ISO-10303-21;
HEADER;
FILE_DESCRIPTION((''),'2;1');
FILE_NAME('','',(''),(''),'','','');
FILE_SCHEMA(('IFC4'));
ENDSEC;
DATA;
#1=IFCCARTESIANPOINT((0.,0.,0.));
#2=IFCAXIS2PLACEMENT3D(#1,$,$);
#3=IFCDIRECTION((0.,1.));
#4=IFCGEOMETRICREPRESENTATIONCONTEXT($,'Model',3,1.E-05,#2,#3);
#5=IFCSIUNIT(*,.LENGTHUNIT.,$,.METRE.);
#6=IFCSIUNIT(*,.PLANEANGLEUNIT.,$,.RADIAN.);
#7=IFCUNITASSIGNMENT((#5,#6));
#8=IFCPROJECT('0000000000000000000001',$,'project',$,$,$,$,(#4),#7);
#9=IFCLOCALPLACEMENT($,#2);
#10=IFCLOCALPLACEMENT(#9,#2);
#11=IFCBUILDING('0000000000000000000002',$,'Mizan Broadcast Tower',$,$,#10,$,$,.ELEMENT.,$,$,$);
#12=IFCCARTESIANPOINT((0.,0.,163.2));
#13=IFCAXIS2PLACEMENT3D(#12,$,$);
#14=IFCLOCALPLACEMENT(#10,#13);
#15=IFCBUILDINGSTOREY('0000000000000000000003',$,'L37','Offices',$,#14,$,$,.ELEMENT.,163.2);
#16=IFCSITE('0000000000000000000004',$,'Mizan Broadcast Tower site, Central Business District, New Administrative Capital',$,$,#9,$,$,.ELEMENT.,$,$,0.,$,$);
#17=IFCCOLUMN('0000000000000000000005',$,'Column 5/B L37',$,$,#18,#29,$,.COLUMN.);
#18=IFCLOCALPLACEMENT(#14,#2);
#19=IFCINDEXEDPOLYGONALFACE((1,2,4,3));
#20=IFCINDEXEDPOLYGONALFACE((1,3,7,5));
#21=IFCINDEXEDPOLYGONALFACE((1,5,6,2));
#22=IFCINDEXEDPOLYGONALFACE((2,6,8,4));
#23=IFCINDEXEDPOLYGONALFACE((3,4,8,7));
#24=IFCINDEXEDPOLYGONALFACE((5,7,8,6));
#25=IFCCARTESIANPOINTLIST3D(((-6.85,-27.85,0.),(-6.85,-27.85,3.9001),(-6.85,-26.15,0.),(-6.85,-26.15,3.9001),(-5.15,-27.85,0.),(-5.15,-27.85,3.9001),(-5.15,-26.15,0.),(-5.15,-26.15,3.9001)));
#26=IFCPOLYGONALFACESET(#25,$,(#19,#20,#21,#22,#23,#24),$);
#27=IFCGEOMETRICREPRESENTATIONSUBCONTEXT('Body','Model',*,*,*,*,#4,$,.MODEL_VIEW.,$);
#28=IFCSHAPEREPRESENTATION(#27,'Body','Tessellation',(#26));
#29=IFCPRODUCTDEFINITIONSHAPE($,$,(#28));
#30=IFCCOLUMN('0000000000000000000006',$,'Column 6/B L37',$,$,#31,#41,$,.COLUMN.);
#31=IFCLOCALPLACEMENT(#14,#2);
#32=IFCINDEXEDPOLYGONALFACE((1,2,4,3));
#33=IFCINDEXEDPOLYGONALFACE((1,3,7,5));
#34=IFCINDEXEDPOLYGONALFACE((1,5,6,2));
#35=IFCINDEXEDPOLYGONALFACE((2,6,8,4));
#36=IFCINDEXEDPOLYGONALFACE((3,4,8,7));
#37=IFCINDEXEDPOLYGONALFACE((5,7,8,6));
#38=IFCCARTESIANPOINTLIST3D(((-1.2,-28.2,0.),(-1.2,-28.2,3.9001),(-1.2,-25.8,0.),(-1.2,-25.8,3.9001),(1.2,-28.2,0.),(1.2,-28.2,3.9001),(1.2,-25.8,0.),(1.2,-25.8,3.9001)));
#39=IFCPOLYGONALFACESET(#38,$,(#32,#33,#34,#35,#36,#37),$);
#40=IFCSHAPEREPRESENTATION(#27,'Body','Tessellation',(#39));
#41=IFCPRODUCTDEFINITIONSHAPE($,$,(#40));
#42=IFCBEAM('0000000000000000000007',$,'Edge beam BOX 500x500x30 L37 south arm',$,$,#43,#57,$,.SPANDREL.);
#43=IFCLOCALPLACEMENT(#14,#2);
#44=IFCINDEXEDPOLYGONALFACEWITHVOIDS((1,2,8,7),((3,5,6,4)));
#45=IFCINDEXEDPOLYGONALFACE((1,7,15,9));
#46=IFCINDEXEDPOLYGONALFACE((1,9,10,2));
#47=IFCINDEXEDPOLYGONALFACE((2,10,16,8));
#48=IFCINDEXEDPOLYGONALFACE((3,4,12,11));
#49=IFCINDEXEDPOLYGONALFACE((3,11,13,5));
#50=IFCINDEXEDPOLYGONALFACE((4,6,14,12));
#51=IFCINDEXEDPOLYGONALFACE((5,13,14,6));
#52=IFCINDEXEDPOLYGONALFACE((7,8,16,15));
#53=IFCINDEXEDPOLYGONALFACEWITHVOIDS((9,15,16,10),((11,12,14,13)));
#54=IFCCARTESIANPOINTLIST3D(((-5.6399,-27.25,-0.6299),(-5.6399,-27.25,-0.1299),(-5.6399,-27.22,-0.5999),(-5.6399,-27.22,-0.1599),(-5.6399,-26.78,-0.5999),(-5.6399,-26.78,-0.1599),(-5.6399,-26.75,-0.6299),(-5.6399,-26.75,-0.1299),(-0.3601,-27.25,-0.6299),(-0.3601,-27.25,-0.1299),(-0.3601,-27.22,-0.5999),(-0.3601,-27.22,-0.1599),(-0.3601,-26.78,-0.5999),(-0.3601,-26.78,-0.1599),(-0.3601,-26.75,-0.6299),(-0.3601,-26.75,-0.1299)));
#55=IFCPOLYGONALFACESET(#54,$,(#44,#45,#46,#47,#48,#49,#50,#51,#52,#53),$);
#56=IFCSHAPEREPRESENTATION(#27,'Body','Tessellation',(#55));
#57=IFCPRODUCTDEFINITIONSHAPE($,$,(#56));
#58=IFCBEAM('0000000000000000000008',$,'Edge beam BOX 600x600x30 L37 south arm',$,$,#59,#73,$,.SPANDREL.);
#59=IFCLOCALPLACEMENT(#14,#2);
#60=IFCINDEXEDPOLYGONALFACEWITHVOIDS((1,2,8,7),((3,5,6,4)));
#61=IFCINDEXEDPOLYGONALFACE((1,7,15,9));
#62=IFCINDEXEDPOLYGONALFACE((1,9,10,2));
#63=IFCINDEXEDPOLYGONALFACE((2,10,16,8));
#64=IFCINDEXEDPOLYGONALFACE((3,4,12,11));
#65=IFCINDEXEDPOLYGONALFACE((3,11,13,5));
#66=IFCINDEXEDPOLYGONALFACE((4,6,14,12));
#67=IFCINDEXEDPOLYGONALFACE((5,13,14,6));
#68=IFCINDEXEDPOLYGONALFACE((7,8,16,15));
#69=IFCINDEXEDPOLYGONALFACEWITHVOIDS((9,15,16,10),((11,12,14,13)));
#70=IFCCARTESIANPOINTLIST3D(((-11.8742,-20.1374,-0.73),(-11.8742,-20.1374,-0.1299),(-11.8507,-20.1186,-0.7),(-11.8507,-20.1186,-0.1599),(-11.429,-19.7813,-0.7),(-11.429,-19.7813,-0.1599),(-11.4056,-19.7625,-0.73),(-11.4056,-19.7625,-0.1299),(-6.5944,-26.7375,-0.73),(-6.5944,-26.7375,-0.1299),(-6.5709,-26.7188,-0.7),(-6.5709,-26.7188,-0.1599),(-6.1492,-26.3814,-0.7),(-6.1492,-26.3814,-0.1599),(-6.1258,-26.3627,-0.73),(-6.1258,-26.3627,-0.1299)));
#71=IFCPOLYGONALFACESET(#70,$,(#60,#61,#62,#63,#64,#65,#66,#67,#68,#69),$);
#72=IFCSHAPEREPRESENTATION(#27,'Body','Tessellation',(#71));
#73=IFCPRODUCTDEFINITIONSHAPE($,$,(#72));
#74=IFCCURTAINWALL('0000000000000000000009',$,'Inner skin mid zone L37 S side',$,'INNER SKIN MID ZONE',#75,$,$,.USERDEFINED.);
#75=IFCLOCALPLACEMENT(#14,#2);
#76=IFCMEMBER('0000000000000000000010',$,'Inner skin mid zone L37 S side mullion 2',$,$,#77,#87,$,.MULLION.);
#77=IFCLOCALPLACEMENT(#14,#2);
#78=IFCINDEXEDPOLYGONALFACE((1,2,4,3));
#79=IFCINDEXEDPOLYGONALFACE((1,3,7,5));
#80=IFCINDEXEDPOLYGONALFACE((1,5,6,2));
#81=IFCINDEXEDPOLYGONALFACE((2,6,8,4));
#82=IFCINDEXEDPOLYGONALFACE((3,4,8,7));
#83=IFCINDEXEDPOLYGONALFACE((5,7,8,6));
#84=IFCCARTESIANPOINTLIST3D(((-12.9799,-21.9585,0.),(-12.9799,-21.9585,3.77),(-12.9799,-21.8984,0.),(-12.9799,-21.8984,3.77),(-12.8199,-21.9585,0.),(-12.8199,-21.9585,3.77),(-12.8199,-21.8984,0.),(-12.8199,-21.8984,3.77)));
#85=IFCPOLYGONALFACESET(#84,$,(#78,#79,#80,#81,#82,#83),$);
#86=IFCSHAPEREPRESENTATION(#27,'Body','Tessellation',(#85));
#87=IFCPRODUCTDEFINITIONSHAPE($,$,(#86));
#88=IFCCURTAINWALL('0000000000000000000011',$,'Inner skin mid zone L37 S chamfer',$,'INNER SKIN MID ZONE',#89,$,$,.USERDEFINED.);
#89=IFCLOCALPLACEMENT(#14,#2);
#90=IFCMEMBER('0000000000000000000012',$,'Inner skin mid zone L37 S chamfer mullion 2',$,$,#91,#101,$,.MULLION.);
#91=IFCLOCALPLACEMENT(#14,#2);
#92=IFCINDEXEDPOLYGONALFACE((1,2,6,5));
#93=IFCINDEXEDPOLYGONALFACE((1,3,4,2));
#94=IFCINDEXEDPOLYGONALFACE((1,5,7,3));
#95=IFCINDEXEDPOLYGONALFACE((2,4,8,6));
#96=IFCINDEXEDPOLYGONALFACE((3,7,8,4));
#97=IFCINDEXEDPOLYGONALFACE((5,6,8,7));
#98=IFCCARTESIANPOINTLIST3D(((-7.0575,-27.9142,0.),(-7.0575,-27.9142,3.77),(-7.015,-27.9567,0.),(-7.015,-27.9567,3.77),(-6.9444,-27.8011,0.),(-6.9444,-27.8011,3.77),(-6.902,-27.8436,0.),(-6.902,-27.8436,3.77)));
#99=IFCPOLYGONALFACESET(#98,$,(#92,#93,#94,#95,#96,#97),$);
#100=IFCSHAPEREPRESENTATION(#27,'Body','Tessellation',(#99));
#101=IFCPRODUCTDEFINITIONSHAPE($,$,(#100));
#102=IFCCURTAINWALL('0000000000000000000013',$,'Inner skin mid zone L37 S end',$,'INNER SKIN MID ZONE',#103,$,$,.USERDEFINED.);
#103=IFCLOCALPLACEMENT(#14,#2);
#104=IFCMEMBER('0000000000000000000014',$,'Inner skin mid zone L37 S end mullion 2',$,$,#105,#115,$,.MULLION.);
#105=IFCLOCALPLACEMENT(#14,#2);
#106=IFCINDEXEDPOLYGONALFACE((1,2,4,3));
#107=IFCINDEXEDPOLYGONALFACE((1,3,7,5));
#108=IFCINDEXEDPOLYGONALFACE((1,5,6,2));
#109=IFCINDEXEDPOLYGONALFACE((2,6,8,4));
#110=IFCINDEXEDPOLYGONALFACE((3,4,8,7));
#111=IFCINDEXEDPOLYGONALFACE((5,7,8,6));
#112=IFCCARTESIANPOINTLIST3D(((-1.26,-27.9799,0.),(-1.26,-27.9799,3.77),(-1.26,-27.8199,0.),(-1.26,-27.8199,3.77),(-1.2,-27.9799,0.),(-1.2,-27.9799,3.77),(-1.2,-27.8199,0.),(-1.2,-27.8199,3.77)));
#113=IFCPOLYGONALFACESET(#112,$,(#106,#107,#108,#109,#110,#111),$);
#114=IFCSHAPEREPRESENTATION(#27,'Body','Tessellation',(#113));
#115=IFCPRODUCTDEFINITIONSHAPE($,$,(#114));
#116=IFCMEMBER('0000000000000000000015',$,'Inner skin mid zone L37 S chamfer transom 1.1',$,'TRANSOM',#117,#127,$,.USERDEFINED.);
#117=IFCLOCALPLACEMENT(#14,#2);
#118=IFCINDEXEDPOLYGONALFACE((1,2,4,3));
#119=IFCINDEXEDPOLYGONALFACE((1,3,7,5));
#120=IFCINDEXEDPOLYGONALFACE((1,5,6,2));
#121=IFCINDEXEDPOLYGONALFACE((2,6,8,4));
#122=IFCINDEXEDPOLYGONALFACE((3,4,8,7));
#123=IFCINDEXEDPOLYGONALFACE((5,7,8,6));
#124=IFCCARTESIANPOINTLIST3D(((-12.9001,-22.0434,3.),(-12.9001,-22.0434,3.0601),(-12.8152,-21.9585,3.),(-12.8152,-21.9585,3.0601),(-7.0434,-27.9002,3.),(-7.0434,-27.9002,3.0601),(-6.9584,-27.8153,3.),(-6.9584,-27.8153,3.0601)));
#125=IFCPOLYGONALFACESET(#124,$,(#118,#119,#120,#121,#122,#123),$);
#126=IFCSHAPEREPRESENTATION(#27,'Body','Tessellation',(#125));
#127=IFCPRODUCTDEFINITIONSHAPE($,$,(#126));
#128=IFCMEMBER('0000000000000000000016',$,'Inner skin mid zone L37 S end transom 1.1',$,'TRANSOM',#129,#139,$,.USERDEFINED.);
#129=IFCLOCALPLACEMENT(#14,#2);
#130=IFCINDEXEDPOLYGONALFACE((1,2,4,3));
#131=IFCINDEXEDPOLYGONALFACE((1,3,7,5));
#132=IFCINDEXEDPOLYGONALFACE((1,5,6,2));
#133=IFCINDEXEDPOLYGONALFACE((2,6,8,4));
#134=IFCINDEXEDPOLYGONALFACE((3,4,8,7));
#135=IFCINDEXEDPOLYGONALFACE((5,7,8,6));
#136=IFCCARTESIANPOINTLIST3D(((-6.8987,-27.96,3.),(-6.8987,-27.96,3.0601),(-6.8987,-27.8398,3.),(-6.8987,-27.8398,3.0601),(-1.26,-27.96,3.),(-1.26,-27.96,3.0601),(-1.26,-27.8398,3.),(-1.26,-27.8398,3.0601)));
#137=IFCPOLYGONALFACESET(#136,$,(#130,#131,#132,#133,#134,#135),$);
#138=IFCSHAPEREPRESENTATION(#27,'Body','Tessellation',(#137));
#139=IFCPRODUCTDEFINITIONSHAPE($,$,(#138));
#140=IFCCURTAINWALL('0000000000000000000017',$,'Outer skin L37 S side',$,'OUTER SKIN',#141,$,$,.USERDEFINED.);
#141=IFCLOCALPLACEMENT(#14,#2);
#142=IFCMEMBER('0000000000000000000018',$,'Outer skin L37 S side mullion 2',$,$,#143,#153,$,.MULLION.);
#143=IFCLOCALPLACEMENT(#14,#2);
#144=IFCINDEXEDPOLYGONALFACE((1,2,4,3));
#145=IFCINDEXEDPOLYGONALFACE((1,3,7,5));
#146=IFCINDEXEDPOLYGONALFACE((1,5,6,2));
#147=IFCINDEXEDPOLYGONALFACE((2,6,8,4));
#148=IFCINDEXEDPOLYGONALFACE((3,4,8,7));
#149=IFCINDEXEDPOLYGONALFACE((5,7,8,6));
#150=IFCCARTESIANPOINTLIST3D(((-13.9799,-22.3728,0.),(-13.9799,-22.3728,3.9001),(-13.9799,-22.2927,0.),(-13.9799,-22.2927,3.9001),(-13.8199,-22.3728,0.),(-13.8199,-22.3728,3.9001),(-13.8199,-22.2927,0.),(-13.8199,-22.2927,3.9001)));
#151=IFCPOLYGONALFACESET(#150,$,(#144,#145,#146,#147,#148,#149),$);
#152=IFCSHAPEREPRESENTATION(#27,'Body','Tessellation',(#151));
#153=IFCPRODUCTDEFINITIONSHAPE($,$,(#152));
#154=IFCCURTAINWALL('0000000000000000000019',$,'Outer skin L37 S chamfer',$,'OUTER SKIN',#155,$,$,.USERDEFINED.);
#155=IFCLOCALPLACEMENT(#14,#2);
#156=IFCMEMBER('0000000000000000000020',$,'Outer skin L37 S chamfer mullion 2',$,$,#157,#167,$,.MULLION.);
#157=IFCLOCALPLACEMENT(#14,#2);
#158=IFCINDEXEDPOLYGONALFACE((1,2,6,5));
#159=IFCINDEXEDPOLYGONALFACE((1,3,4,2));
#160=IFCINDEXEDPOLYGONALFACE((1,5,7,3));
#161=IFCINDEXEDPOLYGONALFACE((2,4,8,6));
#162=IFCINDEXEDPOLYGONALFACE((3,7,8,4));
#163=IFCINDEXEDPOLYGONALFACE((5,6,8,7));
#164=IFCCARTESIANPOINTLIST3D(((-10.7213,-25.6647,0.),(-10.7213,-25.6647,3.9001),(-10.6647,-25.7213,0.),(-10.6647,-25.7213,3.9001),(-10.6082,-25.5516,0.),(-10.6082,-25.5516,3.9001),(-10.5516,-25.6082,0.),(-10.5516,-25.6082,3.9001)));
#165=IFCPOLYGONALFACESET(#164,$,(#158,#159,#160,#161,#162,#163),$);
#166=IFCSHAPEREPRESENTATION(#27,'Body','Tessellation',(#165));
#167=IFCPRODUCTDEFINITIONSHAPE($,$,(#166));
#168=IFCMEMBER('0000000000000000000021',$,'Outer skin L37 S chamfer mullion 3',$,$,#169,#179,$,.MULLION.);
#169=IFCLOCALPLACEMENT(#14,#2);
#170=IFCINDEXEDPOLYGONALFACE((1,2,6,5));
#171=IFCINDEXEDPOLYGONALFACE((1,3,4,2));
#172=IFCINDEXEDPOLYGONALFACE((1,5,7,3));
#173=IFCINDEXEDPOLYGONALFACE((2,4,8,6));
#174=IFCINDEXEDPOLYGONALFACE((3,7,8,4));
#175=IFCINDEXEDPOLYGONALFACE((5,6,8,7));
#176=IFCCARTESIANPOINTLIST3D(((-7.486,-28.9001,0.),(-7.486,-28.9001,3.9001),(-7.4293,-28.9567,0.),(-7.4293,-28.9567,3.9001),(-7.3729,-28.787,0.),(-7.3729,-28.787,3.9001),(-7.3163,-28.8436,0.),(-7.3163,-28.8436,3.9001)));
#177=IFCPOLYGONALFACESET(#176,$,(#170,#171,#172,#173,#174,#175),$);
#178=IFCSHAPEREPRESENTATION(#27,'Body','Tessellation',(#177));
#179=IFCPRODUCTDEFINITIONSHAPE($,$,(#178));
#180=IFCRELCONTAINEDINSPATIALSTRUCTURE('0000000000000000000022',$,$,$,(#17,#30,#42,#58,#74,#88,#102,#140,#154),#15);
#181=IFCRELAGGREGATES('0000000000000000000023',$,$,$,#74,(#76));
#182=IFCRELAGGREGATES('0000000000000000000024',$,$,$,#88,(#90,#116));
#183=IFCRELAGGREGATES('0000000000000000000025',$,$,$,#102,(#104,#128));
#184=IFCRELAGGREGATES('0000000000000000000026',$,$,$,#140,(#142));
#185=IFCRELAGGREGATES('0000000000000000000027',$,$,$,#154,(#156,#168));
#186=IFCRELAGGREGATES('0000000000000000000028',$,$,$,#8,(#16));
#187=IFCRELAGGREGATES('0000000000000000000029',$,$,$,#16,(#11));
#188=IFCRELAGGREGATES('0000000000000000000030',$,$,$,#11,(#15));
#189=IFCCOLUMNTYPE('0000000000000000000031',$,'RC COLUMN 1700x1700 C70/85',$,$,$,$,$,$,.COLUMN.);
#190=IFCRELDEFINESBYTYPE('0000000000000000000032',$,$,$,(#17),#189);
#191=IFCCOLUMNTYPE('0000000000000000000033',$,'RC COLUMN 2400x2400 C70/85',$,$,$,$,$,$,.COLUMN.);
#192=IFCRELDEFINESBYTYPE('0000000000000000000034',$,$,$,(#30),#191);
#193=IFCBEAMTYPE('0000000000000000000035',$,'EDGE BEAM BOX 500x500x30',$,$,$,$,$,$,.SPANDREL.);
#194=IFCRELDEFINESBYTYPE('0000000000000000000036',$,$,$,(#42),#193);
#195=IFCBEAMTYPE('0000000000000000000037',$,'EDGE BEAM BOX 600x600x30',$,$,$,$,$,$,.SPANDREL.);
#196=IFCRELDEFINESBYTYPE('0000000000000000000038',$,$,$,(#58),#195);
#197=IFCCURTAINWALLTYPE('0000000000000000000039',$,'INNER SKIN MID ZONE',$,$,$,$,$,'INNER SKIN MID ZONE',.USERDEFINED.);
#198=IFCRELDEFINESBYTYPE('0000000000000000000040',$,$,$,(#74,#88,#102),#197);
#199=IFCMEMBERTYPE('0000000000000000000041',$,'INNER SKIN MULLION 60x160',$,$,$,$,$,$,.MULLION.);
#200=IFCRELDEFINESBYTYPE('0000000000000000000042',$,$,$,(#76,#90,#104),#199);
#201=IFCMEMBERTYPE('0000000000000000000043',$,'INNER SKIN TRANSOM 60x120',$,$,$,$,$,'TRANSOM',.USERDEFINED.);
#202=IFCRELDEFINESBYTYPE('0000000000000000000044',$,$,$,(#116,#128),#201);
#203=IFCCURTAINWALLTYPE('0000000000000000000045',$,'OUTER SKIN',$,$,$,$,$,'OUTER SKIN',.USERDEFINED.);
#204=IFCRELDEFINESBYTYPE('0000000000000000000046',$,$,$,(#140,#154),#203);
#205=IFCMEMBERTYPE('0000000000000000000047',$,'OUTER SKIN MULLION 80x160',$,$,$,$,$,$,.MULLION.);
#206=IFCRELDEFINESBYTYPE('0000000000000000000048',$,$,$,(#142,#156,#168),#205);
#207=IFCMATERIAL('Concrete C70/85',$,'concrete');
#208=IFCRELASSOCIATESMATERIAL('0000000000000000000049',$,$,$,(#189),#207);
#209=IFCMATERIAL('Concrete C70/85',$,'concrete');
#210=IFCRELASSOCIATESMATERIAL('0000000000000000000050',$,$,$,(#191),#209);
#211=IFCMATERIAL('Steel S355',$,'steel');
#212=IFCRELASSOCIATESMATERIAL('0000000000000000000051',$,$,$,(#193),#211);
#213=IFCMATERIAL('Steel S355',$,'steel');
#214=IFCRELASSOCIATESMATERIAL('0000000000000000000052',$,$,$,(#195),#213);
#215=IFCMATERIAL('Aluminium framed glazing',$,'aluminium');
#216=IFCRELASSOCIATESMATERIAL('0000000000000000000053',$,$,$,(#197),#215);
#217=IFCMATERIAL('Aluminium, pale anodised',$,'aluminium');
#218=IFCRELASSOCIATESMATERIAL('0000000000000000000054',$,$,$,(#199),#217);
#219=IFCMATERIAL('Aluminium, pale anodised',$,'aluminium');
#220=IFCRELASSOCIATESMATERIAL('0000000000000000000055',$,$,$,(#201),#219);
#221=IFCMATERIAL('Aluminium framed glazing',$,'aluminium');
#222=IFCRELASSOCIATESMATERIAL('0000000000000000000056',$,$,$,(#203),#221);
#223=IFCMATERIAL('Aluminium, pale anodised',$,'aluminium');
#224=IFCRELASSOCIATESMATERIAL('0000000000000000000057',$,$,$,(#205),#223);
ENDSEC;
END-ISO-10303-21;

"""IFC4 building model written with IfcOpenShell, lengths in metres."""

from ifc_helpers import new_model, si_unit, direction, frame, origin, origin_2d, place, context, subcontext, project, spatial, rectangle, hollow_rectangle, extrude, material, material_profile, profile_set, type_object, element, aggregate, save


model = new_model("IFC4")

# Units and contexts
model_context = context("Model", 3, precision=1e-05, world=origin(), true_north=direction((0.0, 1.0)))
body_context = subcontext(model_context, "Body", "Model", "MODEL_VIEW")
ifc_project = project(units=[si_unit("LENGTHUNIT", "METRE"), si_unit("PLANEANGLEUNIT", "RADIAN")], contexts=[model_context])

# Site, building, storey
site_placement = place(None, origin())
site = spatial("IfcSite", under=ifc_project, at=site_placement, Name="Mizan Broadcast Tower site, Central Business District, New Administrative Capital", CompositionType="ELEMENT", RefElevation=0.0)
building_placement = place(site_placement, origin())
building = spatial("IfcBuilding", under=site, at=building_placement, Name="Mizan Broadcast Tower", CompositionType="ELEMENT")
storey_placement = place(building_placement, frame((0.0, 0.0, 163.2)))
storey = spatial("IfcBuildingStorey", under=building, at=storey_placement, Name="L37", Description="Offices", CompositionType="ELEMENT", Elevation=163.2)

# Columns
ifc_material_1 = material(Name="Concrete C70/85", Category="concrete")
ifc_material_profile_1 = material_profile(ifc_material_1, rectangle(XDim=1.7, YDim=1.7, at=origin_2d()), Name="RC 1700x1700")
ifc_profile_set_1 = profile_set([ifc_material_profile_1], Name="Concrete C70/85")
column_type_1 = type_object("IfcColumnType", Name="RC COLUMN 1700x1700 C70/85", PredefinedType="COLUMN", material=ifc_profile_set_1)
column_1_placement = place(storey_placement, frame((-6.0, -27.0, 0.0), z_axis=(0.0, 0.0, 1.0), x_axis=(1.0, 0.0, 0.0)))
element("IfcColumn", 1, at=column_1_placement, inside=storey, type_object=column_type_1, Name="Column 5/B L37", PredefinedType="COLUMN", context=body_context, shape_type="SweptSolid", body=[
    extrude(rectangle(XDim=1.7, YDim=1.7, at=origin_2d()), origin(), (0.0, 0.0, 1.0), 3.9001),
])
ifc_material_2 = material(Name="Concrete C70/85", Category="concrete")
ifc_material_profile_2 = material_profile(ifc_material_2, rectangle(XDim=2.3999, YDim=2.3999, at=origin_2d()), Name="RC 2400x2400")
ifc_profile_set_2 = profile_set([ifc_material_profile_2], Name="Concrete C70/85")
column_type_2 = type_object("IfcColumnType", Name="RC COLUMN 2400x2400 C70/85", PredefinedType="COLUMN", material=ifc_profile_set_2)
column_2_placement = place(storey_placement, frame((0.0, -27.0, 0.0), z_axis=(0.0, 0.0, 1.0), x_axis=(1.0, 0.0, 0.0)))
element("IfcColumn", 2, at=column_2_placement, inside=storey, type_object=column_type_2, Name="Column 6/B L37", PredefinedType="COLUMN", context=body_context, shape_type="SweptSolid", body=[
    extrude(rectangle(XDim=2.3999, YDim=2.3999, at=origin_2d()), origin(), (0.0, 0.0, 1.0), 3.9001),
])

# Beams
ifc_material_3 = material(Name="Steel S355", Category="steel")
ifc_material_profile_3 = material_profile(ifc_material_3, hollow_rectangle(XDim=0.5, YDim=0.5, WallThickness=0.03, at=origin_2d()), Name="BOX 500x500x30")
ifc_profile_set_3 = profile_set([ifc_material_profile_3], Name="Steel S355")
beam_type_1 = type_object("IfcBeamType", Name="EDGE BEAM BOX 500x500x30", PredefinedType="SPANDREL", material=ifc_profile_set_3)
beam_1_placement = place(storey_placement, frame((-5.6399, -27.0, -0.3799), z_axis=(1.0, 0.0, 0.0), x_axis=(0.0, 1.0, 0.0)))
element("IfcBeam", 3, at=beam_1_placement, inside=storey, type_object=beam_type_1, Name="Edge beam BOX 500x500x30 L37 south arm", PredefinedType="SPANDREL", context=body_context, shape_type="SweptSolid", body=[
    extrude(hollow_rectangle(XDim=0.5, YDim=0.5, WallThickness=0.03, at=origin_2d()), origin(), (0.0, 0.0, 1.0), 5.2798),
])
ifc_material_4 = material(Name="Steel S355", Category="steel")
ifc_material_profile_4 = material_profile(ifc_material_4, hollow_rectangle(XDim=0.6001, YDim=0.6001, WallThickness=0.03, at=origin_2d()), Name="BOX 600x600x30")
ifc_profile_set_4 = profile_set([ifc_material_profile_4], Name="Steel S355")
beam_type_2 = type_object("IfcBeamType", Name="EDGE BEAM BOX 600x600x30", PredefinedType="SPANDREL", material=ifc_profile_set_4)
beam_2_placement = place(storey_placement, frame((-11.6399, -19.95, -0.4299), z_axis=(0.624674, -0.780886, 0.0), x_axis=(0.780886, 0.624674, 0.0)))
element("IfcBeam", 4, at=beam_2_placement, inside=storey, type_object=beam_type_2, Name="Edge beam BOX 600x600x30 L37 south arm", PredefinedType="SPANDREL", context=body_context, shape_type="SweptSolid", body=[
    extrude(hollow_rectangle(XDim=0.6001, YDim=0.6001, WallThickness=0.03, at=origin_2d()), origin(), (0.0, 0.0, 1.0), 8.4521),
])

# Curtain walls, members
ifc_material_5 = material(Name="Aluminium framed glazing", Category="aluminium")
curtain_wall_type_1 = type_object("IfcCurtainWallType", Name="INNER SKIN MID ZONE", ElementType="INNER SKIN MID ZONE", PredefinedType="USERDEFINED", material=ifc_material_5)
curtain_wall_1_placement = place(storey_placement, origin())
curtain_wall_1 = element("IfcCurtainWall", 5, at=curtain_wall_1_placement, inside=storey, type_object=curtain_wall_type_1, Name="Inner skin mid zone L37 S side", ObjectType="INNER SKIN MID ZONE", PredefinedType="USERDEFINED")
ifc_material_6 = material(Name="Aluminium, pale anodised", Category="aluminium")
ifc_material_profile_5 = material_profile(ifc_material_6, rectangle(XDim=0.1599, YDim=0.0601, at=origin_2d()), Name="MULLION 160x60")
ifc_profile_set_5 = profile_set([ifc_material_profile_5], Name="Aluminium, pale anodised")
member_type_1 = type_object("IfcMemberType", Name="INNER SKIN MULLION 60x160", PredefinedType="MULLION", material=ifc_profile_set_5)
member_1_placement = place(storey_placement, frame((-12.8999, -21.9285, 0.0), z_axis=(0.0, 0.0, 1.0), x_axis=(1.0, 0.0, 0.0)))
member_1 = element("IfcMember", 6, at=member_1_placement, type_object=member_type_1, Name="Inner skin mid zone L37 S side mullion 2", PredefinedType="MULLION", context=body_context, shape_type="SweptSolid", body=[
    extrude(rectangle(XDim=0.1599, YDim=0.0601, at=origin_2d()), origin(), (0.0, 0.0, 1.0), 3.77),
])
curtain_wall_2_placement = place(storey_placement, origin())
curtain_wall_2 = element("IfcCurtainWall", 7, at=curtain_wall_2_placement, inside=storey, type_object=curtain_wall_type_1, Name="Inner skin mid zone L37 S chamfer", ObjectType="INNER SKIN MID ZONE", PredefinedType="USERDEFINED")
member_2_placement = place(storey_placement, frame((-6.9797, -27.8789, 0.0), z_axis=(0.0, 0.0, 1.0), x_axis=(0.707107, 0.707107, 0.0)))
member_2 = element("IfcMember", 8, at=member_2_placement, type_object=member_type_1, Name="Inner skin mid zone L37 S chamfer mullion 2", PredefinedType="MULLION", context=body_context, shape_type="SweptSolid", body=[
    extrude(rectangle(XDim=0.1599, YDim=0.0601, at=origin_2d()), origin(), (0.0, 0.0, 1.0), 3.77),
])
curtain_wall_3_placement = place(storey_placement, origin())
curtain_wall_3 = element("IfcCurtainWall", 9, at=curtain_wall_3_placement, inside=storey, type_object=curtain_wall_type_1, Name="Inner skin mid zone L37 S end", ObjectType="INNER SKIN MID ZONE", PredefinedType="USERDEFINED")
member_3_placement = place(storey_placement, frame((-1.23, -27.8999, 0.0), z_axis=(0.0, 0.0, 1.0), x_axis=(0.0, 1.0, 0.0)))
member_3 = element("IfcMember", 10, at=member_3_placement, type_object=member_type_1, Name="Inner skin mid zone L37 S end mullion 2", PredefinedType="MULLION", context=body_context, shape_type="SweptSolid", body=[
    extrude(rectangle(XDim=0.1599, YDim=0.0601, at=origin_2d()), origin(), (0.0, 0.0, 1.0), 3.77),
])

# Members
ifc_material_7 = material(Name="Aluminium, pale anodised", Category="aluminium")
ifc_material_profile_6 = material_profile(ifc_material_7, rectangle(XDim=0.1201, YDim=0.0601, at=origin_2d()), Name="TRANSOM 120x60")
ifc_profile_set_6 = profile_set([ifc_material_profile_6], Name="Aluminium, pale anodised")
member_type_2 = type_object("IfcMemberType", Name="INNER SKIN TRANSOM 60x120", ElementType="TRANSOM", PredefinedType="USERDEFINED", material=ifc_profile_set_6)
member_4_placement = place(storey_placement, frame((-12.8577, -22.001, 3.03), z_axis=(0.707107, -0.707107, 0.0), x_axis=(0.707107, 0.707107, 0.0)))
member_4 = element("IfcMember", 11, at=member_4_placement, type_object=member_type_2, Name="Inner skin mid zone L37 S chamfer transom 1.1", ObjectType="TRANSOM", PredefinedType="USERDEFINED", context=body_context, shape_type="SweptSolid", body=[
    extrude(rectangle(XDim=0.1201, YDim=0.0601, at=origin_2d()), origin(), (0.0, 0.0, 1.0), 8.2827),
])
member_5_placement = place(storey_placement, frame((-6.8987, -27.8999, 3.03), z_axis=(1.0, 0.0, 0.0), x_axis=(0.0, 1.0, 0.0)))
member_5 = element("IfcMember", 12, at=member_5_placement, type_object=member_type_2, Name="Inner skin mid zone L37 S end transom 1.1", ObjectType="TRANSOM", PredefinedType="USERDEFINED", context=body_context, shape_type="SweptSolid", body=[
    extrude(rectangle(XDim=0.1201, YDim=0.0601, at=origin_2d()), origin(), (0.0, 0.0, 1.0), 5.6387),
])

# Curtain wall, member
ifc_material_8 = material(Name="Aluminium framed glazing", Category="aluminium")
curtain_wall_type_2 = type_object("IfcCurtainWallType", Name="OUTER SKIN", ElementType="OUTER SKIN", PredefinedType="USERDEFINED", material=ifc_material_8)
curtain_wall_4_placement = place(storey_placement, origin())
curtain_wall_4 = element("IfcCurtainWall", 13, at=curtain_wall_4_placement, inside=storey, type_object=curtain_wall_type_2, Name="Outer skin L37 S side", ObjectType="OUTER SKIN", PredefinedType="USERDEFINED")
ifc_material_9 = material(Name="Aluminium, pale anodised", Category="aluminium")
ifc_material_profile_7 = material_profile(ifc_material_9, rectangle(XDim=0.1599, YDim=0.0801, at=origin_2d()), Name="MULLION 160x80")
ifc_profile_set_7 = profile_set([ifc_material_profile_7], Name="Aluminium, pale anodised")
member_type_3 = type_object("IfcMemberType", Name="OUTER SKIN MULLION 80x160", PredefinedType="MULLION", material=ifc_profile_set_7)
member_6_placement = place(storey_placement, frame((-13.8999, -22.3328, 0.0), z_axis=(0.0, 0.0, 1.0), x_axis=(1.0, 0.0, 0.0)))
member_6 = element("IfcMember", 14, at=member_6_placement, type_object=member_type_3, Name="Outer skin L37 S side mullion 2", PredefinedType="MULLION", context=body_context, shape_type="SweptSolid", body=[
    extrude(rectangle(XDim=0.1599, YDim=0.0801, at=origin_2d()), origin(), (0.0, 0.0, 1.0), 3.9001),
])

# Curtain wall, members
curtain_wall_5_placement = place(storey_placement, origin())
curtain_wall_5 = element("IfcCurtainWall", 15, at=curtain_wall_5_placement, inside=storey, type_object=curtain_wall_type_2, Name="Outer skin L37 S chamfer", ObjectType="OUTER SKIN", PredefinedType="USERDEFINED")
member_7_placement = place(storey_placement, frame((-10.6365, -25.6365, 0.0), z_axis=(0.0, 0.0, 1.0), x_axis=(0.707107, 0.707107, 0.0)))
member_7 = element("IfcMember", 16, at=member_7_placement, type_object=member_type_3, Name="Outer skin L37 S chamfer mullion 2", PredefinedType="MULLION", context=body_context, shape_type="SweptSolid", body=[
    extrude(rectangle(XDim=0.1599, YDim=0.0801, at=origin_2d()), origin(), (0.0, 0.0, 1.0), 3.9001),
])
member_8_placement = place(storey_placement, frame((-7.4011, -28.8718, 0.0), z_axis=(0.0, 0.0, 1.0), x_axis=(0.707107, 0.707107, 0.0)))
member_8 = element("IfcMember", 17, at=member_8_placement, type_object=member_type_3, Name="Outer skin L37 S chamfer mullion 3", PredefinedType="MULLION", context=body_context, shape_type="SweptSolid", body=[
    extrude(rectangle(XDim=0.1599, YDim=0.0801, at=origin_2d()), origin(), (0.0, 0.0, 1.0), 3.9001),
])

aggregate(curtain_wall_1, [member_1])
aggregate(curtain_wall_2, [member_2, member_4])
aggregate(curtain_wall_3, [member_3, member_5])
aggregate(curtain_wall_4, [member_6])
aggregate(curtain_wall_5, [member_7, member_8])

save(model, "model.ifc")
